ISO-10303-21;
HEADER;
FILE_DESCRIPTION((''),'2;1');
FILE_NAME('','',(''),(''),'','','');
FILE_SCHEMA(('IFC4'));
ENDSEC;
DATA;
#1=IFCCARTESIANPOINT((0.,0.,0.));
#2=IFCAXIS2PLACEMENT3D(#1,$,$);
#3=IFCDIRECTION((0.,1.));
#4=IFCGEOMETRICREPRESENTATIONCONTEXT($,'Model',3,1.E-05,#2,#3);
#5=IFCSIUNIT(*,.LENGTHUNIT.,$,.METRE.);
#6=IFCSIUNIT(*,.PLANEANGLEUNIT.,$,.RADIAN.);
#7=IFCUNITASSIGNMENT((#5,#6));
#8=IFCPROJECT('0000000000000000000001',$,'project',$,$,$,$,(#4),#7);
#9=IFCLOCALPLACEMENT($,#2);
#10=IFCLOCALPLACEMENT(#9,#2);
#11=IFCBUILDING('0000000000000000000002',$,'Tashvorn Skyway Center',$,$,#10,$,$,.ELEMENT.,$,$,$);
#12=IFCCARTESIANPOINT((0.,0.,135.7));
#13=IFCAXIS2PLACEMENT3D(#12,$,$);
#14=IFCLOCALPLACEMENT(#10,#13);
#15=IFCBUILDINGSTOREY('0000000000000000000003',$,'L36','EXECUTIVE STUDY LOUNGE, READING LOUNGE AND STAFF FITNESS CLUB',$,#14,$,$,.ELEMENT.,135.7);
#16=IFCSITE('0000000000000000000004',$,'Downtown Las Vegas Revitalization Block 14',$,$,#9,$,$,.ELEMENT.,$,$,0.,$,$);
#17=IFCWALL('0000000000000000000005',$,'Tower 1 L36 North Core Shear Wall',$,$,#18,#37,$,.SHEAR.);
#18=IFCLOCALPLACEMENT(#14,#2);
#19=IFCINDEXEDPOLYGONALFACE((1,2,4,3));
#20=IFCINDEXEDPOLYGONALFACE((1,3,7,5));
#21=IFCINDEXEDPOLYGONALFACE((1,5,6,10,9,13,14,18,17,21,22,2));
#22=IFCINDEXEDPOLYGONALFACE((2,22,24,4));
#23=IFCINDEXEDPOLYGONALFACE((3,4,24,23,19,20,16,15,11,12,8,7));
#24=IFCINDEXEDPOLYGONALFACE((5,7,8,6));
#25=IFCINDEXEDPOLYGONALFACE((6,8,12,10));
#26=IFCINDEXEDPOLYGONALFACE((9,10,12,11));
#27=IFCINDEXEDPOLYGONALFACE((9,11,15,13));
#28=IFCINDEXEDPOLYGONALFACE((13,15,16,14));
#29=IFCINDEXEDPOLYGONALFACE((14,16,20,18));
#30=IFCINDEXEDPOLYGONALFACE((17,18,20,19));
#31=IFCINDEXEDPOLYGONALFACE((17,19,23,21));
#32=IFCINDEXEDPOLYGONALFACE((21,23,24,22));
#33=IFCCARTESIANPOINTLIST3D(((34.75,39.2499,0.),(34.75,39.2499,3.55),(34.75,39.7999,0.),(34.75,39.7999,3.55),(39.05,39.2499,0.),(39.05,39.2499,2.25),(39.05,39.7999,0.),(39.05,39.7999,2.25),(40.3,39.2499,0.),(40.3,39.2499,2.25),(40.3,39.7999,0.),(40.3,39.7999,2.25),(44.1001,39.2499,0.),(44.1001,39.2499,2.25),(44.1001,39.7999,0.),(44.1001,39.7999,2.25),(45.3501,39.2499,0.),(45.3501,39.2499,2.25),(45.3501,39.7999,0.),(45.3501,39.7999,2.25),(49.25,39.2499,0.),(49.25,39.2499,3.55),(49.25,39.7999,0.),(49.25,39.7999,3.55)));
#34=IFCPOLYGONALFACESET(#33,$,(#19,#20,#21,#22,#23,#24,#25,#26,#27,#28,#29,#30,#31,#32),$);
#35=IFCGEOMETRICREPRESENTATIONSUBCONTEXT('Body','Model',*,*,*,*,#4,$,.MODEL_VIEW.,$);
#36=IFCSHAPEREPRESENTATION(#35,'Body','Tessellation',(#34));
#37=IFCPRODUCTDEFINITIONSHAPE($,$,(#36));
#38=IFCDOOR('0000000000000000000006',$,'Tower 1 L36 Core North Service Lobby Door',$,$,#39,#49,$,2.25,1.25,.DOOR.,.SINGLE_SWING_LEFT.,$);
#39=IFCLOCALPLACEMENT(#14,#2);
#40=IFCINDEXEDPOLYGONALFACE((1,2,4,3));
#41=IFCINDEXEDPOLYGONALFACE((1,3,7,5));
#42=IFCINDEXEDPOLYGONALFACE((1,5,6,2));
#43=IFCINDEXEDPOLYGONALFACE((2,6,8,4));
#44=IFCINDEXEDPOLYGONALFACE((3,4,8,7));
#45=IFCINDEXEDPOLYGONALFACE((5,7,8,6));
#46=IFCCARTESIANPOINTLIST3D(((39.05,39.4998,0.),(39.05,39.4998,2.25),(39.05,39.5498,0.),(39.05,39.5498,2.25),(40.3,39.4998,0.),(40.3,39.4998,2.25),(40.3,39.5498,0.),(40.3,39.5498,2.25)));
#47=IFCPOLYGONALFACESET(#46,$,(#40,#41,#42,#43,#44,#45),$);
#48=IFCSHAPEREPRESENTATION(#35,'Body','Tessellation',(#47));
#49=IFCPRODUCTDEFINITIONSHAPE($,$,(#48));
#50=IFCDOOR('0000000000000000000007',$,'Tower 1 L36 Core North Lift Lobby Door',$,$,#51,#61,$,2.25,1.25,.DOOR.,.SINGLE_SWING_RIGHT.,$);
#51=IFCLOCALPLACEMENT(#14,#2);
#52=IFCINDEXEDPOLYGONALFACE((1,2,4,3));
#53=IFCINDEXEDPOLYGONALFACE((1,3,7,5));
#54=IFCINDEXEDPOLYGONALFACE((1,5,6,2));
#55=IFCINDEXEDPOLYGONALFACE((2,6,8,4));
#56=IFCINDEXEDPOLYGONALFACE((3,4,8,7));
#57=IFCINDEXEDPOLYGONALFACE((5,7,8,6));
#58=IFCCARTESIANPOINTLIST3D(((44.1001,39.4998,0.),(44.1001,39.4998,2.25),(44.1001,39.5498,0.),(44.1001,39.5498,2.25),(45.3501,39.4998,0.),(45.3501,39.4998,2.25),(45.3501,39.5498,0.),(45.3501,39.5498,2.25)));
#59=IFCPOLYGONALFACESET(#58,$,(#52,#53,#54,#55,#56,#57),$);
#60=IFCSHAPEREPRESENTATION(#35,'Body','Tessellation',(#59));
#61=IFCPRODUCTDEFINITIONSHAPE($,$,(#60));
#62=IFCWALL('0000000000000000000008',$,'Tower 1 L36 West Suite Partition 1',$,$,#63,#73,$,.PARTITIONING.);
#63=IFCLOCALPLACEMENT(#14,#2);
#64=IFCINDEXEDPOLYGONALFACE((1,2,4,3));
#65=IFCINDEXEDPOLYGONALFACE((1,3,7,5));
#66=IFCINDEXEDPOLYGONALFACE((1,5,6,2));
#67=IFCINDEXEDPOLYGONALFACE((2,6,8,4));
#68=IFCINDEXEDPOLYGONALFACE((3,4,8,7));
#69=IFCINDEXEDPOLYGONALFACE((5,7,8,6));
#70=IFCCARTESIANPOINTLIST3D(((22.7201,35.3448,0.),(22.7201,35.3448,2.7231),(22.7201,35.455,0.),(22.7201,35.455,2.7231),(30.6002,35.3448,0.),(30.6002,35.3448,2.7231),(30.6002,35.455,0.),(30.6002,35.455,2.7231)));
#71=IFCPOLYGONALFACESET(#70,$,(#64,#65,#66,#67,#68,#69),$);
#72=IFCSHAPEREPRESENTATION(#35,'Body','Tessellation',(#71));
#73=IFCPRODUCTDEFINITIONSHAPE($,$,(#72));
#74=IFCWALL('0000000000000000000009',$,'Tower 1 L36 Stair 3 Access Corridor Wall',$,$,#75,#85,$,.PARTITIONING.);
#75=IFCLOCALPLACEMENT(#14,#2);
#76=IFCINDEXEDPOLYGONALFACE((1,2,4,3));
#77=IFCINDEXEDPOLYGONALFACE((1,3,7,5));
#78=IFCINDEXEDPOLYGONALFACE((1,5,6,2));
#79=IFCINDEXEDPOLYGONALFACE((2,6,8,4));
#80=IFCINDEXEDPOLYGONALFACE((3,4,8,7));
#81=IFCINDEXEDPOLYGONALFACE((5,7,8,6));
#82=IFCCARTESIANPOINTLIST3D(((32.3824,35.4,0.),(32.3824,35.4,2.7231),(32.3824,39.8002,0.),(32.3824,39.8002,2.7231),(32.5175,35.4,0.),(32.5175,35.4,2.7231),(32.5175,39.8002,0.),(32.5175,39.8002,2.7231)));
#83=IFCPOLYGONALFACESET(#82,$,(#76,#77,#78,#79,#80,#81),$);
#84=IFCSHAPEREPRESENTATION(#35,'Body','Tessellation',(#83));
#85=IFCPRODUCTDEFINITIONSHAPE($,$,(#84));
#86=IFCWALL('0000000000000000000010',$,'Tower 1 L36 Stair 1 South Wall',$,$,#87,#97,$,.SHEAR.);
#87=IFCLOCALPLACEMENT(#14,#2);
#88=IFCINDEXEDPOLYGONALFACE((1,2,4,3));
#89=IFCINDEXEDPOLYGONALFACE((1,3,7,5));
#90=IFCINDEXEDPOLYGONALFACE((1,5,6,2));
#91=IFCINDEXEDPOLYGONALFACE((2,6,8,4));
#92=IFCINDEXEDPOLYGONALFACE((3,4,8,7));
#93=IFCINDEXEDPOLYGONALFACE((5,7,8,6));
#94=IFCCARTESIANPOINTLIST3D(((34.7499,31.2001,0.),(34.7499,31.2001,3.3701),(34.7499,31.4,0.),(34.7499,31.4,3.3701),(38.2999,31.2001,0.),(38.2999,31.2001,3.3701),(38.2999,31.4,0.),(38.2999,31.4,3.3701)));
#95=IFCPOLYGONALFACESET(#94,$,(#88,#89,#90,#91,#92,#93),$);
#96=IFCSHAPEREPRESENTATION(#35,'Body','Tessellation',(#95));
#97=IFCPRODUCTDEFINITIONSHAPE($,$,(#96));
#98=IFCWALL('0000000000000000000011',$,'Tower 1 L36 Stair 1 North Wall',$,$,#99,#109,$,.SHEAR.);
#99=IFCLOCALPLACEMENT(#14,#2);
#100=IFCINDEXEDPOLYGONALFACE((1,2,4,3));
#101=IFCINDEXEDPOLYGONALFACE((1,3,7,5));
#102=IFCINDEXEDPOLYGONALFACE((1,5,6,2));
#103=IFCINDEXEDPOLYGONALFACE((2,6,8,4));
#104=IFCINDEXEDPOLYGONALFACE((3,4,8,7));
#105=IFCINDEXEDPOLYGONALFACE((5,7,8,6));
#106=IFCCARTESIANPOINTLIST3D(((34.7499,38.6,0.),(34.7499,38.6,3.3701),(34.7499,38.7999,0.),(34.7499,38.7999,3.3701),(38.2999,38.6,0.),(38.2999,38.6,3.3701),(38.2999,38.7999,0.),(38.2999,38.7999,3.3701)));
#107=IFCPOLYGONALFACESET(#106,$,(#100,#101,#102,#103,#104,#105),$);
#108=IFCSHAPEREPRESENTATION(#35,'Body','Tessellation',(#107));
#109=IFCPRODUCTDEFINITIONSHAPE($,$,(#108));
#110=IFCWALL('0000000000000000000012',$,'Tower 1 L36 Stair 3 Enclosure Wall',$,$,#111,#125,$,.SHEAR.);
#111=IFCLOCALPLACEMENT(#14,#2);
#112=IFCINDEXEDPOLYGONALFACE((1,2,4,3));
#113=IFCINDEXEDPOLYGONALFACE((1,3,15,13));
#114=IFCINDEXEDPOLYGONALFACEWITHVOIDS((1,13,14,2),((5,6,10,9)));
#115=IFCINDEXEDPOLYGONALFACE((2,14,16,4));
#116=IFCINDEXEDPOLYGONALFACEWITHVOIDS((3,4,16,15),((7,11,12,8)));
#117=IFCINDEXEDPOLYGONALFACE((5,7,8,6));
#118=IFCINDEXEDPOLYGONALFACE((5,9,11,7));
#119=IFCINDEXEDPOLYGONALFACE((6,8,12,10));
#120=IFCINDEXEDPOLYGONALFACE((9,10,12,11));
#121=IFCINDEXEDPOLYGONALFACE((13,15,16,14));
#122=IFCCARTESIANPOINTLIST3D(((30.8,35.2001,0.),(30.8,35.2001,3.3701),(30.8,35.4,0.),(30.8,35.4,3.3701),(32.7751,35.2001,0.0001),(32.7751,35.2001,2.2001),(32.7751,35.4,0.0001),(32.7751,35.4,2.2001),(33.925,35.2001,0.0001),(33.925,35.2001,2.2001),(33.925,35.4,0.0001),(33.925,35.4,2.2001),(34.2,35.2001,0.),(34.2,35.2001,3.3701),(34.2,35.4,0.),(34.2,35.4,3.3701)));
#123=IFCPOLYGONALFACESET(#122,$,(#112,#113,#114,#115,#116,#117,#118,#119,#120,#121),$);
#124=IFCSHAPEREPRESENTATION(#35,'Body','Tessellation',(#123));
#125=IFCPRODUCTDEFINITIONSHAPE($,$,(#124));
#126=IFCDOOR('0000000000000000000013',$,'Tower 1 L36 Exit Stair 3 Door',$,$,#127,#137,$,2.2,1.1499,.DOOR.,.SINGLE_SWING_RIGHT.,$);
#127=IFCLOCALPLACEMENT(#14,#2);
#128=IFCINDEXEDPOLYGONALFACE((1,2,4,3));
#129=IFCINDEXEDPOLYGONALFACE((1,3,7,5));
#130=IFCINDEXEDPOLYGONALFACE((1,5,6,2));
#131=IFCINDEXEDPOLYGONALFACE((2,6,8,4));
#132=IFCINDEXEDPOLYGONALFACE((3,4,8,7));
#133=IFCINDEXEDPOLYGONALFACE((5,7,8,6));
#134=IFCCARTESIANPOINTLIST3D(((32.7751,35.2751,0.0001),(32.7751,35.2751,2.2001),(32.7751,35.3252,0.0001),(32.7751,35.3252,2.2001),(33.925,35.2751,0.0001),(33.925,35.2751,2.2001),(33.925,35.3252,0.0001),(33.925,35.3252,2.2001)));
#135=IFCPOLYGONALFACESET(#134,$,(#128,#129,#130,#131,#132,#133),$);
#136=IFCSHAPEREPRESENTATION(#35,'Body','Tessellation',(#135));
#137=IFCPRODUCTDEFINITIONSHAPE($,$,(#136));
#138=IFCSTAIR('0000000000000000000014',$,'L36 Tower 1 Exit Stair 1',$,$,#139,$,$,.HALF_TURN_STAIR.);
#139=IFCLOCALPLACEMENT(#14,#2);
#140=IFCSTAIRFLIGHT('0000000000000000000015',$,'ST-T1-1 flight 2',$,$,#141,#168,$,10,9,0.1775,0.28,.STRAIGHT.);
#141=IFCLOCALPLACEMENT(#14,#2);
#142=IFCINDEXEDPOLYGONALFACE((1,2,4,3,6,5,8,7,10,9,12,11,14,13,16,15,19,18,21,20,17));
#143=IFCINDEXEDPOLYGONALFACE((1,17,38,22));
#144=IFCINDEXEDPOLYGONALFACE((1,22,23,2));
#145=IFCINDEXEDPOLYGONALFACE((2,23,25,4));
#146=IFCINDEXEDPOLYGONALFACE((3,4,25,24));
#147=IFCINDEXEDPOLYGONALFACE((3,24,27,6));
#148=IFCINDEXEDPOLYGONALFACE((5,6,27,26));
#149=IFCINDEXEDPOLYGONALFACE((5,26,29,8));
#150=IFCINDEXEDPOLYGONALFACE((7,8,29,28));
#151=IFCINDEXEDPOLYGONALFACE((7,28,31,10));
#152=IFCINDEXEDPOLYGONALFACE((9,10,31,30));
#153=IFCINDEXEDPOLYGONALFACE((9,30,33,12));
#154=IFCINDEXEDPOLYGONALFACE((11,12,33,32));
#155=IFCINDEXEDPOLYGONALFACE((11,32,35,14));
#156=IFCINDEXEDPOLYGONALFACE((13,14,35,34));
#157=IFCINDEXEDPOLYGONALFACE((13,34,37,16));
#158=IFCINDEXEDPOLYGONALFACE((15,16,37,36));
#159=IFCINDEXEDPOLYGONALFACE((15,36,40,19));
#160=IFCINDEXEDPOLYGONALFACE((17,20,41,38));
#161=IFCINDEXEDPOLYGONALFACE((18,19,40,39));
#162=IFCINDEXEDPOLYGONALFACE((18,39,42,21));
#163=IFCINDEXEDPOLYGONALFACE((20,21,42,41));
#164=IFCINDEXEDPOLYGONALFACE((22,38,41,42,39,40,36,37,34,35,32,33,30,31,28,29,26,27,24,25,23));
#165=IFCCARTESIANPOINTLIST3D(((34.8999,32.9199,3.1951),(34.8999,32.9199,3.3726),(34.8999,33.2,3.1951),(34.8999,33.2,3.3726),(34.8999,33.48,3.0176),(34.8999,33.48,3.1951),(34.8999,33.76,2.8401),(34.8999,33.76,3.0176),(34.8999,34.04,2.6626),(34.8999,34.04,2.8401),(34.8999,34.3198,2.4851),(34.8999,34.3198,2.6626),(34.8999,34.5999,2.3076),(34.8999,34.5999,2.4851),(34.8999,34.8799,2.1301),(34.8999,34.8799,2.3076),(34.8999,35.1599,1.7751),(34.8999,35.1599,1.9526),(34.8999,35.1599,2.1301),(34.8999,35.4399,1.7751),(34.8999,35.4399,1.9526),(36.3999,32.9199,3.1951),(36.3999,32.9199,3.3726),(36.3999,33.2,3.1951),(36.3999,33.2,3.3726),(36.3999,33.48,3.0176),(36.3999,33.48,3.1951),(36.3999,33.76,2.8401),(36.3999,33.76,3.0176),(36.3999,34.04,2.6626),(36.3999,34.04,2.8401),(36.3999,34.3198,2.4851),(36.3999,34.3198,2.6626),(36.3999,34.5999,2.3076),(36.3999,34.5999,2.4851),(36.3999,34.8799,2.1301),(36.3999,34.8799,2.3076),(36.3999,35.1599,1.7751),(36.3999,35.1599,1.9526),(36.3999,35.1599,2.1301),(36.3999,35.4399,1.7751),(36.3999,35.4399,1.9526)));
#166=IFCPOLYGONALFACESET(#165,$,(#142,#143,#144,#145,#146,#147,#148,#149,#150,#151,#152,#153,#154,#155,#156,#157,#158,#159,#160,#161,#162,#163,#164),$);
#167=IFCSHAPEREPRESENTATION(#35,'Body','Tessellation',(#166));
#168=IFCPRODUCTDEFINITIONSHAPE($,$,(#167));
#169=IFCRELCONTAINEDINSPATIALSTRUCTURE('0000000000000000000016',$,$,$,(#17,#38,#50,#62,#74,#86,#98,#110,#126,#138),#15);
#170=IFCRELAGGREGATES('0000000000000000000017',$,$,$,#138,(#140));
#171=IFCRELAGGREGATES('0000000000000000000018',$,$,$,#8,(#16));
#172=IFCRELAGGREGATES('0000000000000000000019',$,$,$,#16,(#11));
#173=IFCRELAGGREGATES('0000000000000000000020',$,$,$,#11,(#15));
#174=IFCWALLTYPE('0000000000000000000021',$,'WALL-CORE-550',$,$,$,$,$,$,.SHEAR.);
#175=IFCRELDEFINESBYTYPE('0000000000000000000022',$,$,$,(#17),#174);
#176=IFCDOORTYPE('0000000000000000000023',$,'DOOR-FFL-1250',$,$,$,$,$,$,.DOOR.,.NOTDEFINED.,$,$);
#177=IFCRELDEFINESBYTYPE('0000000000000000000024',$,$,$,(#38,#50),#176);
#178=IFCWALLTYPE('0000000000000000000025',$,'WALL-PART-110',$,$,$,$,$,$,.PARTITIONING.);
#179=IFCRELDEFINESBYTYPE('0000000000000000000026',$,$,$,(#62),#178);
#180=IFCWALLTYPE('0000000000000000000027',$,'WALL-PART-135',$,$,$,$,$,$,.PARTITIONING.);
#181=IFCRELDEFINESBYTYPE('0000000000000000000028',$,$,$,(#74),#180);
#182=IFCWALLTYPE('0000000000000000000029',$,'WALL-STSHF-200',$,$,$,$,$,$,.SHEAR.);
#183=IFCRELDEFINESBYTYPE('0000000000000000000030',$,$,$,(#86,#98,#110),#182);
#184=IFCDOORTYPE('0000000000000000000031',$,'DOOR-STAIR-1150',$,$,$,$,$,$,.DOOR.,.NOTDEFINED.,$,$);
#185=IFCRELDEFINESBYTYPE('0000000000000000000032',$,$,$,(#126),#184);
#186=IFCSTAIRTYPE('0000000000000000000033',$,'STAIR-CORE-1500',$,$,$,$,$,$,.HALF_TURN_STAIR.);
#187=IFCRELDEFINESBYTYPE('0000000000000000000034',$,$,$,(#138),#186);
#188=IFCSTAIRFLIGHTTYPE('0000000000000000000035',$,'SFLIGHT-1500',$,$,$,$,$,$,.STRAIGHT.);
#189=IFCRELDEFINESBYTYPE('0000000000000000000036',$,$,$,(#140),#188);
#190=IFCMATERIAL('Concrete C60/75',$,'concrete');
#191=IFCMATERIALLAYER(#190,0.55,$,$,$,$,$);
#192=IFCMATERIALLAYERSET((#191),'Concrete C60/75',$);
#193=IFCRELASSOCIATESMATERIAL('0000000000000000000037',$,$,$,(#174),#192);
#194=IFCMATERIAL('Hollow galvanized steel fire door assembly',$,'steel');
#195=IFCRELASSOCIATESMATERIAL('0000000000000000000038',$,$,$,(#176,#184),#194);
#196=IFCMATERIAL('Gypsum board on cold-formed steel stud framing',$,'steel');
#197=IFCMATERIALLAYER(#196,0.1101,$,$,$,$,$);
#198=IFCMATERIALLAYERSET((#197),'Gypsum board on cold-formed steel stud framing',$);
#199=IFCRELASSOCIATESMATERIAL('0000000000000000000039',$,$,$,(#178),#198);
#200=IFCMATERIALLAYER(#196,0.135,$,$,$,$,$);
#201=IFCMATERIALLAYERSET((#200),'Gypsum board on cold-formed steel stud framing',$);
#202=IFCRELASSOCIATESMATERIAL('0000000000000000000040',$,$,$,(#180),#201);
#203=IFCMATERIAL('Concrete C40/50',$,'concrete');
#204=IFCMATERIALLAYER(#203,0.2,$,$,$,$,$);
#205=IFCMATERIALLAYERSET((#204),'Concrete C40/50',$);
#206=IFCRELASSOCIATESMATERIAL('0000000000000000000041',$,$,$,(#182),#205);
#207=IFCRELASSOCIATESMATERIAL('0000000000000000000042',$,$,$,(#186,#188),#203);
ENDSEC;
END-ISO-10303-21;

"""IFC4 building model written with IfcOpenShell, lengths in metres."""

from ifc_helpers import new_model, si_unit, direction, frame, frame_2d, origin, place, context, subcontext, project, spatial, polyline, rectangle, outline, extrude, material, layer, layer_set, type_object, element, fill, aggregate, save


model = new_model("IFC4")

# Units and contexts
model_context = context("Model", 3, precision=1e-05, world=origin(), true_north=direction((0.0, 1.0)))
body_context = subcontext(model_context, "Body", "Model", "MODEL_VIEW")
ifc_project = project(units=[si_unit("LENGTHUNIT", "METRE"), si_unit("PLANEANGLEUNIT", "RADIAN")], contexts=[model_context])

# Site, building, storey
site_placement = place(None, origin())
site = spatial("IfcSite", under=ifc_project, at=site_placement, Name="Downtown Las Vegas Revitalization Block 14", CompositionType="ELEMENT", RefElevation=0.0)
building_placement = place(site_placement, origin())
building = spatial("IfcBuilding", under=site, at=building_placement, Name="Tashvorn Skyway Center", CompositionType="ELEMENT")
storey_placement = place(building_placement, frame((0.0, 0.0, 135.7)))
storey = spatial("IfcBuildingStorey", under=building, at=storey_placement, Name="L36", Description="EXECUTIVE STUDY LOUNGE, READING LOUNGE AND STAFF FITNESS CLUB", CompositionType="ELEMENT", Elevation=135.7)

# Wall, openings, doors
ifc_material_1 = material(Name="Concrete C60/75", Category="concrete")
ifc_layer_1 = layer(ifc_material_1, 0.55)
ifc_layer_set_1 = layer_set([ifc_layer_1], Name="Concrete C60/75")
wall_type_1 = type_object("IfcWallType", Name="WALL-CORE-550", PredefinedType="SHEAR", material=ifc_layer_set_1)
wall_1_placement = place(storey_placement, frame((34.75, 39.5249, 0.0), z_axis=(0.0, 0.0, 1.0), x_axis=(1.0, 0.0, 0.0)))
wall_1 = element("IfcWall", 1, at=wall_1_placement, inside=storey, type_object=wall_type_1, Name="Tower 1 L36 North Core Shear Wall", PredefinedType="SHEAR", context=body_context, shape_type="SweptSolid", body=[
    extrude(rectangle(XDim=14.5, YDim=0.55, at=frame_2d((7.25, 0.0))), origin(), (0.0, 0.0, 1.0), 3.55),
])
opening_1_placement = place(wall_1_placement, frame((4.3, 0.0, 0.0)))
opening_1 = element("IfcOpeningElement", 2, at=opening_1_placement, cuts=wall_1, PredefinedType="OPENING", context=body_context, shape_type="SweptSolid", body=[
    extrude(rectangle(XDim=1.25, YDim=2.25, at=frame_2d((0.625, 1.125))), frame((0.0, 0.2849, 0.0), z_axis=(0.0, -1.0, 0.0), x_axis=(1.0, 0.0, 0.0)), (0.0, 0.0, 1.0), 0.5701),
])
opening_2_placement = place(wall_1_placement, frame((9.3501, 0.0, 0.0)))
opening_2 = element("IfcOpeningElement", 3, at=opening_2_placement, cuts=wall_1, PredefinedType="OPENING", context=body_context, shape_type="SweptSolid", body=[
    extrude(rectangle(XDim=1.25, YDim=2.25, at=frame_2d((0.625, 1.125))), frame((0.0, 0.2849, 0.0), z_axis=(0.0, -1.0, 0.0), x_axis=(1.0, 0.0, 0.0)), (0.0, 0.0, 1.0), 0.5701),
])
ifc_material_2 = material(Name="Hollow galvanized steel fire door assembly", Category="steel")
door_type_1 = type_object("IfcDoorType", Name="DOOR-FFL-1250", OperationType="NOTDEFINED", PredefinedType="DOOR", material=ifc_material_2)
door_1_placement = place(opening_1_placement, origin())
door_1 = element("IfcDoor", 4, at=door_1_placement, inside=storey, type_object=door_type_1, Name="Tower 1 L36 Core North Service Lobby Door", OperationType="SINGLE_SWING_LEFT", OverallHeight=2.25, OverallWidth=1.25, PredefinedType="DOOR", context=body_context, shape_type="SweptSolid", body=[
    extrude(rectangle(XDim=1.25, YDim=2.25, at=frame_2d((0.625, 1.125))), frame((0.0, 0.0249, 0.0), z_axis=(0.0, -1.0, 0.0), x_axis=(1.0, 0.0, 0.0)), (0.0, 0.0, 1.0), 0.05),
])
fill(opening_1, door_1)
door_2_placement = place(opening_2_placement, origin())
door_2 = element("IfcDoor", 5, at=door_2_placement, inside=storey, type_object=door_type_1, Name="Tower 1 L36 Core North Lift Lobby Door", OperationType="SINGLE_SWING_RIGHT", OverallHeight=2.25, OverallWidth=1.25, PredefinedType="DOOR", context=body_context, shape_type="SweptSolid", body=[
    extrude(rectangle(XDim=1.25, YDim=2.25, at=frame_2d((0.625, 1.125))), frame((0.0, 0.0249, 0.0), z_axis=(0.0, -1.0, 0.0), x_axis=(1.0, 0.0, 0.0)), (0.0, 0.0, 1.0), 0.05),
])
fill(opening_2, door_2)

# Walls
ifc_material_3 = material(Name="Gypsum board on cold-formed steel stud framing", Category="steel")
ifc_layer_2 = layer(ifc_material_3, 0.1101)
ifc_layer_set_2 = layer_set([ifc_layer_2], Name="Gypsum board on cold-formed steel stud framing")
wall_type_2 = type_object("IfcWallType", Name="WALL-PART-110", PredefinedType="PARTITIONING", material=ifc_layer_set_2)
wall_2_placement = place(storey_placement, frame((30.6001, 35.3999, 0.0), z_axis=(0.0, 0.0, 1.0), x_axis=(-1.0, 0.0, 0.0)))
element("IfcWall", 6, at=wall_2_placement, inside=storey, type_object=wall_type_2, Name="Tower 1 L36 West Suite Partition 1", PredefinedType="PARTITIONING", context=body_context, shape_type="SweptSolid", body=[
    extrude(rectangle(XDim=7.8801, YDim=0.1101, at=frame_2d((3.9399, 0.0))), origin(), (0.0, 0.0, 1.0), 2.7231),
])
ifc_layer_3 = layer(ifc_material_3, 0.135)
ifc_layer_set_3 = layer_set([ifc_layer_3], Name="Gypsum board on cold-formed steel stud framing")
wall_type_3 = type_object("IfcWallType", Name="WALL-PART-135", PredefinedType="PARTITIONING", material=ifc_layer_set_3)
wall_3_placement = place(storey_placement, frame((32.45, 35.3999, 0.0), z_axis=(0.0, 0.0, 1.0), x_axis=(0.0, 1.0, 0.0)))
element("IfcWall", 7, at=wall_3_placement, inside=storey, type_object=wall_type_3, Name="Tower 1 L36 Stair 3 Access Corridor Wall", PredefinedType="PARTITIONING", context=body_context, shape_type="SweptSolid", body=[
    extrude(rectangle(XDim=4.4001, YDim=0.135, at=frame_2d((2.2002, 0.0))), origin(), (0.0, 0.0, 1.0), 2.7231),
])
ifc_material_4 = material(Name="Concrete C40/50", Category="concrete")
ifc_layer_4 = layer(ifc_material_4, 0.2)
ifc_layer_set_4 = layer_set([ifc_layer_4], Name="Concrete C40/50")
wall_type_4 = type_object("IfcWallType", Name="WALL-STSHF-200", PredefinedType="SHEAR", material=ifc_layer_set_4)
for number, where, z_axis, x_axis, name in (
    (8, (34.75, 31.3, 0.0), (0.0, 0.0, 1.0), (1.0, 0.0, 0.0), "Tower 1 L36 Stair 1 South Wall"),
    (9, (34.75, 38.7, 0.0), (0.0, 0.0, 1.0), (1.0, 0.0, 0.0), "Tower 1 L36 Stair 1 North Wall"),
):
    element("IfcWall", number, at=place(storey_placement, frame(where, z_axis=z_axis, x_axis=x_axis)), inside=storey, type_object=wall_type_4, Name=name, PredefinedType="SHEAR", context=body_context, shape_type="SweptSolid", body=[
        extrude(rectangle(XDim=3.55, YDim=0.2, at=frame_2d((1.7749, 0.0))), origin(), (0.0, 0.0, 1.0), 3.3701),
    ])

# Wall, opening, door
wall_4_placement = place(storey_placement, frame((34.2, 35.3, 0.0), z_axis=(0.0, 0.0, 1.0), x_axis=(-1.0, 0.0, 0.0)))
wall_4 = element("IfcWall", 10, at=wall_4_placement, inside=storey, type_object=wall_type_4, Name="Tower 1 L36 Stair 3 Enclosure Wall", PredefinedType="SHEAR", context=body_context, shape_type="SweptSolid", body=[
    extrude(rectangle(XDim=3.3999, YDim=0.2, at=frame_2d((1.7, 0.0))), origin(), (0.0, 0.0, 1.0), 3.3701),
])
opening_3_placement = place(wall_4_placement, frame((0.2749, 0.0, 0.0)))
opening_3 = element("IfcOpeningElement", 11, at=opening_3_placement, cuts=wall_4, PredefinedType="OPENING", context=body_context, shape_type="SweptSolid", body=[
    extrude(rectangle(XDim=1.1499, YDim=2.2, at=frame_2d((0.575, 1.1001))), frame((0.0, 0.1099, 0.0), z_axis=(0.0, -1.0, 0.0), x_axis=(1.0, 0.0, 0.0)), (0.0, 0.0, 1.0), 0.22),
])
door_type_2 = type_object("IfcDoorType", Name="DOOR-STAIR-1150", OperationType="NOTDEFINED", PredefinedType="DOOR", material=ifc_material_2)
door_3_placement = place(opening_3_placement, origin())
door_3 = element("IfcDoor", 12, at=door_3_placement, inside=storey, type_object=door_type_2, Name="Tower 1 L36 Exit Stair 3 Door", OperationType="SINGLE_SWING_RIGHT", OverallHeight=2.2, OverallWidth=1.1499, PredefinedType="DOOR", context=body_context, shape_type="SweptSolid", body=[
    extrude(rectangle(XDim=1.1499, YDim=2.2, at=frame_2d((0.575, 1.1001))), frame((0.0, 0.0249, 0.0), z_axis=(0.0, -1.0, 0.0), x_axis=(1.0, 0.0, 0.0)), (0.0, 0.0, 1.0), 0.05),
])
fill(opening_3, door_3)

# Stair, stair flight
stair_type = type_object("IfcStairType", Name="STAIR-CORE-1500", PredefinedType="HALF_TURN_STAIR", material=ifc_material_4)
stair_1_placement = place(storey_placement, origin())
stair_1 = element("IfcStair", 13, at=stair_1_placement, inside=storey, type_object=stair_type, Name="L36 Tower 1 Exit Stair 1", PredefinedType="HALF_TURN_STAIR")
stair_flight_type = type_object("IfcStairFlightType", Name="SFLIGHT-1500", PredefinedType="STRAIGHT", material=ifc_material_4)
stair_flight_1_placement = place(storey_placement, frame((35.6499, 35.4399, 1.7751), z_axis=(0.0, 0.0, 1.0), x_axis=(0.0, -1.0, 0.0)))
stair_flight_1 = element("IfcStairFlight", 14, at=stair_flight_1_placement, type_object=stair_flight_type, Name="ST-T1-1 flight 2", NumberOfRisers=10, NumberOfTreads=9, PredefinedType="STRAIGHT", RiserHeight=0.1775, TreadLength=0.28, context=body_context, shape_type="SweptSolid", body=[
    extrude(outline(polyline([(0.0, 0.0), (0.0, 0.1775), (0.28, 0.1775), (0.28, 0.355), (0.5601, 0.355), (0.5601, 0.5325), (0.8401, 0.5325), (0.8401, 0.71), (1.1201, 0.71), (1.1201, 0.8875), (1.3999, 0.8875), (1.3999, 1.0649), (1.6799, 1.0649), (1.6799, 1.2424), (1.96, 1.2424), (1.96, 1.4199), (2.24, 1.4199), (2.24, 1.5974), (2.52, 1.5974), (2.52, 1.7749), (2.52, 1.4199), (0.28, 0.0), (0.0, 0.0)])), frame((0.0, 0.75, 0.0), z_axis=(0.0, -1.0, 0.0), x_axis=(1.0, 0.0, 0.0)), (0.0, 0.0, 1.0), 1.5),
])
aggregate(stair_1, [stair_flight_1])

save(model, "model.ifc")
